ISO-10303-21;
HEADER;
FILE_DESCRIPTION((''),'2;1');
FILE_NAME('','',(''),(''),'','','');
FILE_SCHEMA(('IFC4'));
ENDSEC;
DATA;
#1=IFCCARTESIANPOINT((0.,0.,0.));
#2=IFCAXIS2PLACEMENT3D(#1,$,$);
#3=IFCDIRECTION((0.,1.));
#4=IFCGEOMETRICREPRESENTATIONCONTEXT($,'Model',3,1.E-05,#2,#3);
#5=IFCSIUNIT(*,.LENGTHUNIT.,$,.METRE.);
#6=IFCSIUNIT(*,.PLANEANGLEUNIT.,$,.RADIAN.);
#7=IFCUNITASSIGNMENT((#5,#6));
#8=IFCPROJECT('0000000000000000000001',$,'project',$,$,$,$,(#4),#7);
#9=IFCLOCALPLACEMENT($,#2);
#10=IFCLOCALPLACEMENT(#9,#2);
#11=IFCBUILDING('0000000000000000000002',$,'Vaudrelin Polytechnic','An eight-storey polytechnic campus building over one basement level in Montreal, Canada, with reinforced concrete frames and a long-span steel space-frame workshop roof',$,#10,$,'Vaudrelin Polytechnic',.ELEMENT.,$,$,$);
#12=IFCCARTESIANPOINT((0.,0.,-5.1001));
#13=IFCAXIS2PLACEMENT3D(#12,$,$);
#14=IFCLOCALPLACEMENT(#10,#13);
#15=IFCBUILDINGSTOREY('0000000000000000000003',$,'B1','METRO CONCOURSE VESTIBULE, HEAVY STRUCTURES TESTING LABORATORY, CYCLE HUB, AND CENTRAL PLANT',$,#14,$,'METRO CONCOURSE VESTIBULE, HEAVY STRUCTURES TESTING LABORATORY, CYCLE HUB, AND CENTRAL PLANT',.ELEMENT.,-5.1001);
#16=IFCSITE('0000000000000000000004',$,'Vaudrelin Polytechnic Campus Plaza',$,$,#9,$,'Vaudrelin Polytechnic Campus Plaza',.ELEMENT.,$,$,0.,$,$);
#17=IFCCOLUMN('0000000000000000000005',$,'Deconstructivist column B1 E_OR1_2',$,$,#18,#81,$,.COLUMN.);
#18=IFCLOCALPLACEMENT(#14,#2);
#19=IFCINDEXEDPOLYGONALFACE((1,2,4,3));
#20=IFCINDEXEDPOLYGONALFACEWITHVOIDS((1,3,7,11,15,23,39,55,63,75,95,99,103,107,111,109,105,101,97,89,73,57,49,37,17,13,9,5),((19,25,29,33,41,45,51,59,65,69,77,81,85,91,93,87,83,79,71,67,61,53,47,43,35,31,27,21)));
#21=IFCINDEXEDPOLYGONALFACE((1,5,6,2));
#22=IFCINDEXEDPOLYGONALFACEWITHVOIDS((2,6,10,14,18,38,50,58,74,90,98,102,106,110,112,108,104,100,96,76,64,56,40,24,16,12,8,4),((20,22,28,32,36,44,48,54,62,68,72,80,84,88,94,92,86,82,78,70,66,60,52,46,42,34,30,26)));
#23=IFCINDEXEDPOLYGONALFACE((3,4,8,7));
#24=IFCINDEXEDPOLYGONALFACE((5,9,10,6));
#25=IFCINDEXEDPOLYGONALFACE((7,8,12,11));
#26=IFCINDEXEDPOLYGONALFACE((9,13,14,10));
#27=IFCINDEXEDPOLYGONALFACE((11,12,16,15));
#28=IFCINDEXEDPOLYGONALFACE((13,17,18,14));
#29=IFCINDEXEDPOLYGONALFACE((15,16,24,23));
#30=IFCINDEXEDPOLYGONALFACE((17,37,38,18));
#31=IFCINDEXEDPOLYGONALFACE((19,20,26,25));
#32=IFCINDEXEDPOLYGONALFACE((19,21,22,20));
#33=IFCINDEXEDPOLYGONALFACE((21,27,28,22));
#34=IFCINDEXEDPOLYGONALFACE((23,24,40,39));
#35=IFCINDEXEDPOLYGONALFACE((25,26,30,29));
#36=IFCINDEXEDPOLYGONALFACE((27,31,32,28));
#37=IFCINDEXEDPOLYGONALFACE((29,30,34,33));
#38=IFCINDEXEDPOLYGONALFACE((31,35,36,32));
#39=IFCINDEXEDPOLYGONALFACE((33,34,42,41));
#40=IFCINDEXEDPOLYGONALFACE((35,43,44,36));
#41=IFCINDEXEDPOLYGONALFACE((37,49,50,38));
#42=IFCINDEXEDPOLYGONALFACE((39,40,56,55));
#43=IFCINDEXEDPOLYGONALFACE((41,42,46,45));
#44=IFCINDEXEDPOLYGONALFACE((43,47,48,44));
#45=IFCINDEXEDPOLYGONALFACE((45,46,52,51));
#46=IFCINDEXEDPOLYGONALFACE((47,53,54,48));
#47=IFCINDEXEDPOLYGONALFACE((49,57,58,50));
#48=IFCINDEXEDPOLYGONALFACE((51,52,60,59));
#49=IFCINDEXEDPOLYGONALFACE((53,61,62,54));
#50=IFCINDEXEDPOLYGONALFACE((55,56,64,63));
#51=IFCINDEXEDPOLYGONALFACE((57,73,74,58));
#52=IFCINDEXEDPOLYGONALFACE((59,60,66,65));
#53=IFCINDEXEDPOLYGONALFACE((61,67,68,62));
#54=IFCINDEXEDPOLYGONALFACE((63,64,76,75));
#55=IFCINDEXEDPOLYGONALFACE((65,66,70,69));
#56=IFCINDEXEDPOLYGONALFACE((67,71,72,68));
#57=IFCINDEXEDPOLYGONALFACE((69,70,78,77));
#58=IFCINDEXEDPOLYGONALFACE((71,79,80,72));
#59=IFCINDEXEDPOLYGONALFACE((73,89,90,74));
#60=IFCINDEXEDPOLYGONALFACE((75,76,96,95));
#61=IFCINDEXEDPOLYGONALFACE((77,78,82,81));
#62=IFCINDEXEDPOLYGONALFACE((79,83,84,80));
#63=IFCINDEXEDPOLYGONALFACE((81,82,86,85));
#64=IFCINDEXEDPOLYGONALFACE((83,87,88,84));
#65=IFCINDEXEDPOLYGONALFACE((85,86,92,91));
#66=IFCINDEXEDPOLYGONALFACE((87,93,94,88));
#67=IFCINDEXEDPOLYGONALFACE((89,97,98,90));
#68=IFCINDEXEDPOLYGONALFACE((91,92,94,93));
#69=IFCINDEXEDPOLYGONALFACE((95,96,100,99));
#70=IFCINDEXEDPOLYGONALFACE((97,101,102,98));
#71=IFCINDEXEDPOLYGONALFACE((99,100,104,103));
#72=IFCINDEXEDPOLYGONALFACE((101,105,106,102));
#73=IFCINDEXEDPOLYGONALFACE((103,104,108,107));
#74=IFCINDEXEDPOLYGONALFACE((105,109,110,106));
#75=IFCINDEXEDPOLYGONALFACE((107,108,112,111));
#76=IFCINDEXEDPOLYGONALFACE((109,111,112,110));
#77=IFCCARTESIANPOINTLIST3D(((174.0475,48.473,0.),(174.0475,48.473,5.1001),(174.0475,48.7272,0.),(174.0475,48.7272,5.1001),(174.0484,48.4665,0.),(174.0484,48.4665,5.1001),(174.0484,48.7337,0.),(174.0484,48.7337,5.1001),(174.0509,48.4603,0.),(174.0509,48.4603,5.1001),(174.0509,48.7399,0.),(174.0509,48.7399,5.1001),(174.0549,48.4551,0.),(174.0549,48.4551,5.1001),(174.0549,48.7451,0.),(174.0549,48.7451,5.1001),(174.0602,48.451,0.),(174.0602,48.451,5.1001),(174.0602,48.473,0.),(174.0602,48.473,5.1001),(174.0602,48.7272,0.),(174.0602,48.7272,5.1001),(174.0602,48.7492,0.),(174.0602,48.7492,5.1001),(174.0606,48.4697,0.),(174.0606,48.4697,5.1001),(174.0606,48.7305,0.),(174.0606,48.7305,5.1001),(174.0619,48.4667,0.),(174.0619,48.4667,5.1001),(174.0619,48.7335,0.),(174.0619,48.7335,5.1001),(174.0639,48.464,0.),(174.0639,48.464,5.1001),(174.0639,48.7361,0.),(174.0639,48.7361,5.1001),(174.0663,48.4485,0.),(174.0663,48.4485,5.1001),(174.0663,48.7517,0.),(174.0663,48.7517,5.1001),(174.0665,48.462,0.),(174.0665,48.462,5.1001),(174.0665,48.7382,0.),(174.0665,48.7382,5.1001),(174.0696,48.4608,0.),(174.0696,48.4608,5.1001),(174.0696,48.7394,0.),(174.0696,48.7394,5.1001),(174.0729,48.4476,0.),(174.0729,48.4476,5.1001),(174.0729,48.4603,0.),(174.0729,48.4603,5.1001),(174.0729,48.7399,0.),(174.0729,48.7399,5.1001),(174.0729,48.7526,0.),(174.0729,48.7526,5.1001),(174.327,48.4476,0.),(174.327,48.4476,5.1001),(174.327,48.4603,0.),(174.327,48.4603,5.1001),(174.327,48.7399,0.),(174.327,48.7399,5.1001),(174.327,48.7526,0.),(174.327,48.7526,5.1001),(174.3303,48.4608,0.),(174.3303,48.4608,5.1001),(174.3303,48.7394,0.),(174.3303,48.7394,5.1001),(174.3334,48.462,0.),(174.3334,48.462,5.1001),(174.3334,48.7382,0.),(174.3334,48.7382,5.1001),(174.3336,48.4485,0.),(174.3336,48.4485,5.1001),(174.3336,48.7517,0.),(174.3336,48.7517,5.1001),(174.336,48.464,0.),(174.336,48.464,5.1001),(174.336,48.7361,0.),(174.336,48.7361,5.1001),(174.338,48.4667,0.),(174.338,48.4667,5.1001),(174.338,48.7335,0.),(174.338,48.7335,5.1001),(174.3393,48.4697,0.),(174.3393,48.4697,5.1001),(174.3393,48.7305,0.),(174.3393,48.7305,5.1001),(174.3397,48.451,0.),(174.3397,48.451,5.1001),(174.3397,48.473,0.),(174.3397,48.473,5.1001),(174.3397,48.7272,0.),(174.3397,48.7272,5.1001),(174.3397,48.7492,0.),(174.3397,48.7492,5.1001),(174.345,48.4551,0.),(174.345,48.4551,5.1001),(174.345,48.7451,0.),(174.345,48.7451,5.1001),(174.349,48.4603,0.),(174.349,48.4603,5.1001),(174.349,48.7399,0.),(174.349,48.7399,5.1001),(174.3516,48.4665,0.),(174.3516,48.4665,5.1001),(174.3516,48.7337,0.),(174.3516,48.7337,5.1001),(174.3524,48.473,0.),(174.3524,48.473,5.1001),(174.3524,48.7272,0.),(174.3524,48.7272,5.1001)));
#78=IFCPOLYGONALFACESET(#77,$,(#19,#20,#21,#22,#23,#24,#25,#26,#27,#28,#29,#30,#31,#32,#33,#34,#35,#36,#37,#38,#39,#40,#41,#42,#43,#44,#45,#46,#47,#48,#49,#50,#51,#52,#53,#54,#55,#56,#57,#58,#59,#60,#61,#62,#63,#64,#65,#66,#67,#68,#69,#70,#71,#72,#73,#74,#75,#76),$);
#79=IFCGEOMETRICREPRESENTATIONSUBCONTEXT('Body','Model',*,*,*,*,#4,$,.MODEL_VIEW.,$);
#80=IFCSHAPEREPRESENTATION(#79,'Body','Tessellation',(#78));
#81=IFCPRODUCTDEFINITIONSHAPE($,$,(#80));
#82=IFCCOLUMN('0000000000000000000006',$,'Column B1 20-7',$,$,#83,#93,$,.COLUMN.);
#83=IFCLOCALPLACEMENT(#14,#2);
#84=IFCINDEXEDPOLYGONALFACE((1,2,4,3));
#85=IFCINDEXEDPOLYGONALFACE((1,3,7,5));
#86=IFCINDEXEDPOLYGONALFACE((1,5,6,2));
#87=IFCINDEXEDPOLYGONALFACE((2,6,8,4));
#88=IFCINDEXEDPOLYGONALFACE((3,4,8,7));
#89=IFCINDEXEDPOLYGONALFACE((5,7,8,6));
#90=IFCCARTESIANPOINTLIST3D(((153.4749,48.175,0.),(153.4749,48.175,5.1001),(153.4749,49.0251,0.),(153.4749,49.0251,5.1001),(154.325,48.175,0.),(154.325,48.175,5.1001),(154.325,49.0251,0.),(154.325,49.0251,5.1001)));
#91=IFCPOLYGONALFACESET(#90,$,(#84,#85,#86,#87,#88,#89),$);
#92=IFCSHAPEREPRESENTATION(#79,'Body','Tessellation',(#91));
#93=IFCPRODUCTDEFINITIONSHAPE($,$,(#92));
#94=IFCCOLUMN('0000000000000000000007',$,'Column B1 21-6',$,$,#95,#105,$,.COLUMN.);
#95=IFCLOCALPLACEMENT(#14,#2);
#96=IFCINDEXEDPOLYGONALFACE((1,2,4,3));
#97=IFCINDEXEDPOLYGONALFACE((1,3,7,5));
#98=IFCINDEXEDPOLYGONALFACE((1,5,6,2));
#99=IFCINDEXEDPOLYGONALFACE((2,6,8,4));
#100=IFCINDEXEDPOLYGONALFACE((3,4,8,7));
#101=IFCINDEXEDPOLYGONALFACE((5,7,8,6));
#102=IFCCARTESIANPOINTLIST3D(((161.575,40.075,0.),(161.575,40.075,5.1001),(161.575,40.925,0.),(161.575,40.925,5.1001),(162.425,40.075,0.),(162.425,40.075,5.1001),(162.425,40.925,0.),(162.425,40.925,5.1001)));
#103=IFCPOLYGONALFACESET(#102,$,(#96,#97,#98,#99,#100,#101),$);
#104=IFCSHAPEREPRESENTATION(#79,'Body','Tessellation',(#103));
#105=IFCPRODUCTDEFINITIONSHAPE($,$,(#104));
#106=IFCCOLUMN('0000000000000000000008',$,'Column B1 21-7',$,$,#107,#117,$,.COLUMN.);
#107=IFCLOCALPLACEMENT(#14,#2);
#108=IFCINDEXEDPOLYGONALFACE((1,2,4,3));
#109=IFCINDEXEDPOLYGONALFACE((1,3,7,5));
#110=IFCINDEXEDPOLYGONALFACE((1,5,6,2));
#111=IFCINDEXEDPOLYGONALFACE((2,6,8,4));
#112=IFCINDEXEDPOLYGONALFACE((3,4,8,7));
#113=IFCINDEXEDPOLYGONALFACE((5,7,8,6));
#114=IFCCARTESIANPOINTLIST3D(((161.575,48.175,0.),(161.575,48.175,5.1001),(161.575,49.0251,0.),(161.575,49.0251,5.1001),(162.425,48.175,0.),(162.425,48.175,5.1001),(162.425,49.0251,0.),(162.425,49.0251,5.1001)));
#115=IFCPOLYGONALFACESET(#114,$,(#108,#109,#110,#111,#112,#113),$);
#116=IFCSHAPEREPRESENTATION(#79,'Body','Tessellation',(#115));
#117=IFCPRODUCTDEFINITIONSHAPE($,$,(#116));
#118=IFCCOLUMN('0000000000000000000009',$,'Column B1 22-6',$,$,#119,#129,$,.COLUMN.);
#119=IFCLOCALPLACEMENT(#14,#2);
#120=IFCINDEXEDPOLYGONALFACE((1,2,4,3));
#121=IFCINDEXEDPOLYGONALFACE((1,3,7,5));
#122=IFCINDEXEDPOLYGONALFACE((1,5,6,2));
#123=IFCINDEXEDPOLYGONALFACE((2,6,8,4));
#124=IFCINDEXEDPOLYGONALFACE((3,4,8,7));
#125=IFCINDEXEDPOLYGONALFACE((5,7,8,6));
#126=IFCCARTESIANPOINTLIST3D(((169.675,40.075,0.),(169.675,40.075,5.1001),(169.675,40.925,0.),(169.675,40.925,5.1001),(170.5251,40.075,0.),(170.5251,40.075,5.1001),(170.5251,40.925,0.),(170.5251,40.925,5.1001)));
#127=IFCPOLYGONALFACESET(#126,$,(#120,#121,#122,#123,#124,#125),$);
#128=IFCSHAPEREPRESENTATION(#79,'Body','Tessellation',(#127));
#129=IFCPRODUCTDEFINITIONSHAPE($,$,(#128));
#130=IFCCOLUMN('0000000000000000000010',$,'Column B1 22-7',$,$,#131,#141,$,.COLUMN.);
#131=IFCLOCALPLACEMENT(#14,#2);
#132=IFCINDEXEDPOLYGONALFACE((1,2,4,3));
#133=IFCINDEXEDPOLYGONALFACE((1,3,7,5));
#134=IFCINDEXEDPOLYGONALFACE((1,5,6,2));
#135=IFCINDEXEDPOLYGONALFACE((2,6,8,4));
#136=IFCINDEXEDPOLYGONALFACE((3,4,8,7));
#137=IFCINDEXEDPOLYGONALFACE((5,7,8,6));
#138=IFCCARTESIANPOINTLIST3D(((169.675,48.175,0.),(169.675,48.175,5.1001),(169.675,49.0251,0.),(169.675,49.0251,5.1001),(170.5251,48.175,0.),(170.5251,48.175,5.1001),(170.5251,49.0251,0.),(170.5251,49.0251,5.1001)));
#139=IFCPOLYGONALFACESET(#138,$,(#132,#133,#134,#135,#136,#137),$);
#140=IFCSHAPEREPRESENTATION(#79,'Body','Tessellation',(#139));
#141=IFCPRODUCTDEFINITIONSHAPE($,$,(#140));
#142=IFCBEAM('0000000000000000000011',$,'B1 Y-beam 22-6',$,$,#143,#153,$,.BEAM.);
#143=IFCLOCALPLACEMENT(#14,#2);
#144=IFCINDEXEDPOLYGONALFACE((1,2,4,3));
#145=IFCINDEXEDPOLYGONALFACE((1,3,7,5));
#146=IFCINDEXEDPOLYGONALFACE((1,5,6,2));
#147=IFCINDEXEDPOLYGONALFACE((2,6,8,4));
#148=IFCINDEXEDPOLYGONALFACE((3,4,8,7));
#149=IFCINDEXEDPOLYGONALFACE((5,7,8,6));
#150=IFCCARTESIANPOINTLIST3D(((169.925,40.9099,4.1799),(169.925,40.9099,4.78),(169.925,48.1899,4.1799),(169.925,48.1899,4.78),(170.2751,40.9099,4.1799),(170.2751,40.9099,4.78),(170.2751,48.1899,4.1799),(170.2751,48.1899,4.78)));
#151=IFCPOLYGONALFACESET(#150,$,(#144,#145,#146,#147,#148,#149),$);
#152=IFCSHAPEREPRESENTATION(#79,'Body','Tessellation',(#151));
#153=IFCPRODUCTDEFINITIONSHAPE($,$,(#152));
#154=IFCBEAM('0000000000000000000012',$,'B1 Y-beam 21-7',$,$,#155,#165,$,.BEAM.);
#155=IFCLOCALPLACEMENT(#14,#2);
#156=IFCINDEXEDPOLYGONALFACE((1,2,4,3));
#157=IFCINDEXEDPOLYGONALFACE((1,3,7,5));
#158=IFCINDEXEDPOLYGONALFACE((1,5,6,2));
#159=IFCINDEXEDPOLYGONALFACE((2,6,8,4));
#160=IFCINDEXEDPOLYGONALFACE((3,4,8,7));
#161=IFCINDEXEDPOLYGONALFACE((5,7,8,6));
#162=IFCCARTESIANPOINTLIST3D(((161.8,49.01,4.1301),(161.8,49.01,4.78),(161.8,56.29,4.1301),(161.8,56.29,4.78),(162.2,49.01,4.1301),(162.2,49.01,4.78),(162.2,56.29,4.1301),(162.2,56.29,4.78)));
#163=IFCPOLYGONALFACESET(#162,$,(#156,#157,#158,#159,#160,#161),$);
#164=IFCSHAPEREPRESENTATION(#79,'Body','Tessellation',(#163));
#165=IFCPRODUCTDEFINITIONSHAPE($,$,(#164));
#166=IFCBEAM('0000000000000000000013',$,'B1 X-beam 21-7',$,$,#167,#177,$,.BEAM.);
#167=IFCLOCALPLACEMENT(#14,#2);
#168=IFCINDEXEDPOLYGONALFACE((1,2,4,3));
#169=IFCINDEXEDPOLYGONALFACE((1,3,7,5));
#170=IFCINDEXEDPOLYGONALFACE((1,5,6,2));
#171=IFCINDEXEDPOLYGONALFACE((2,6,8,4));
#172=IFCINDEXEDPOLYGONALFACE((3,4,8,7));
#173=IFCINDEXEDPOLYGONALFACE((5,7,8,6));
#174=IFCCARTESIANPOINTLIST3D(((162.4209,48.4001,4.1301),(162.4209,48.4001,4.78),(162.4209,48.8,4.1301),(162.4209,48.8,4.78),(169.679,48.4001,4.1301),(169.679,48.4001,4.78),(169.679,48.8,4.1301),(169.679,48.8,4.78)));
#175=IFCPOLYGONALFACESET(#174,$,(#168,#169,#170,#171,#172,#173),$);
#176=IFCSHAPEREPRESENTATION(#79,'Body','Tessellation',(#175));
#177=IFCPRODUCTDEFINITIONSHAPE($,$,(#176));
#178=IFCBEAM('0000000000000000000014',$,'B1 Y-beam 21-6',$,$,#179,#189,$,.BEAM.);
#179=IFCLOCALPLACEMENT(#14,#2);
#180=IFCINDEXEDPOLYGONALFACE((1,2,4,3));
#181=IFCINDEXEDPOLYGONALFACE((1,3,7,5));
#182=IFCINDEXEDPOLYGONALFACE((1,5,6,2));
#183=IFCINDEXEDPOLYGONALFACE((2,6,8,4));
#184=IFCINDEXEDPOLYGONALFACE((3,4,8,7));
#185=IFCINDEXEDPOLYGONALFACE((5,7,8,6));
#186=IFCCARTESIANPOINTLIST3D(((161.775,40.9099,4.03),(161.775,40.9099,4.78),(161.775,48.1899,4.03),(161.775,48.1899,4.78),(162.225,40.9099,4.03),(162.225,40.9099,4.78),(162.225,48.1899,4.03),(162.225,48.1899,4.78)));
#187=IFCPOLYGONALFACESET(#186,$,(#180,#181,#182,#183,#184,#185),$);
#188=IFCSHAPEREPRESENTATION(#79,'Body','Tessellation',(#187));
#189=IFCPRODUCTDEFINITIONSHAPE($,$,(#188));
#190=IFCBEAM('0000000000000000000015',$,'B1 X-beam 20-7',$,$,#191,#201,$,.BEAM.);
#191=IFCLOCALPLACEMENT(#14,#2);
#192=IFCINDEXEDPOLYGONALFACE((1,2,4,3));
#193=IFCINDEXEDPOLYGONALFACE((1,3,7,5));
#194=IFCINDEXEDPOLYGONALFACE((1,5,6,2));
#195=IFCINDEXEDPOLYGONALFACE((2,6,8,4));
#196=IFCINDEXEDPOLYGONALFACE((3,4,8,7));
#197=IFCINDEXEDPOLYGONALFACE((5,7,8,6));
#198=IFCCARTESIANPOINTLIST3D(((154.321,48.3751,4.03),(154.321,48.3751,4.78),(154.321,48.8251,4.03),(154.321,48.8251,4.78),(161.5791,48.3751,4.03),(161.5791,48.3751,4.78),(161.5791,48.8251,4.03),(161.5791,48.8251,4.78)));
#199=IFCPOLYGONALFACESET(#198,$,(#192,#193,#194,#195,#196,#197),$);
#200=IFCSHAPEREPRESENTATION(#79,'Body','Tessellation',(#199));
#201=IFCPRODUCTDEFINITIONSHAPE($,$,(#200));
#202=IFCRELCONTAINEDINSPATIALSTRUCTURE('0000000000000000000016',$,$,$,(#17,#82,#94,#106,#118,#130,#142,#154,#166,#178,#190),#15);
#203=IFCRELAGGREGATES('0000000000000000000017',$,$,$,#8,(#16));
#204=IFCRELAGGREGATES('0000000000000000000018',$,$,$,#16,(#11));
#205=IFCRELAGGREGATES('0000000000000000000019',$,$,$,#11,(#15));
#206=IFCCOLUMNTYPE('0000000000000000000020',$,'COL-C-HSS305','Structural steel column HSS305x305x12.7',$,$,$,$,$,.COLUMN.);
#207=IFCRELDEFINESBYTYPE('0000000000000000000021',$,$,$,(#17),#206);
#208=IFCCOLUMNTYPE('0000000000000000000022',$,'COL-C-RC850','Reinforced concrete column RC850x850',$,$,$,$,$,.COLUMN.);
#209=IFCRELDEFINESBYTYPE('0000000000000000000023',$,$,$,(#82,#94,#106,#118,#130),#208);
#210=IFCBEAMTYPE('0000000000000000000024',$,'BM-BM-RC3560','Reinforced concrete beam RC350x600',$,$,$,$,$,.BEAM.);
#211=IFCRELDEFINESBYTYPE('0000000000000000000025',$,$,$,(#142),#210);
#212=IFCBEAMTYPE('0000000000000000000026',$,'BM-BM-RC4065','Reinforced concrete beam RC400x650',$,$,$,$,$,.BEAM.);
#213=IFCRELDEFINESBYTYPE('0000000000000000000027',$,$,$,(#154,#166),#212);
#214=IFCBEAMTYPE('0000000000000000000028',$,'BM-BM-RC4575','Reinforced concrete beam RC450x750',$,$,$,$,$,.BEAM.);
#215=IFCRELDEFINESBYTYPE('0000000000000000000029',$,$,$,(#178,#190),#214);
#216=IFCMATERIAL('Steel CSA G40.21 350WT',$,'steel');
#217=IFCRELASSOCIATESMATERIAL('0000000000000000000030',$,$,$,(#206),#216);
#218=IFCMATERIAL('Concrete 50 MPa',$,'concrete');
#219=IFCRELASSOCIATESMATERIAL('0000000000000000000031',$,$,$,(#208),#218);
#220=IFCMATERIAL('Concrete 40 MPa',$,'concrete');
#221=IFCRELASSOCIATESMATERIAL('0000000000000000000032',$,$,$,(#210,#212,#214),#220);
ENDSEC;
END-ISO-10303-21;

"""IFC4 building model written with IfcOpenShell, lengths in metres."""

from ifc_helpers import new_model, si_unit, direction, frame, origin, origin_2d, place, context, subcontext, project, spatial, rectangle, hollow_rectangle, extrude, material, material_profile, profile_set, type_object, element, save


model = new_model("IFC4")

# Units and contexts
model_context = context("Model", 3, precision=1e-05, world=origin(), true_north=direction((0.0, 1.0)))
body_context = subcontext(model_context, "Body", "Model", "MODEL_VIEW")
ifc_project = project(units=[si_unit("LENGTHUNIT", "METRE"), si_unit("PLANEANGLEUNIT", "RADIAN")], contexts=[model_context])

# Site, building, storey
site_placement = place(None, origin())
site = spatial("IfcSite", under=ifc_project, at=site_placement, Name="Vaudrelin Polytechnic Campus Plaza", LongName="Vaudrelin Polytechnic Campus Plaza", CompositionType="ELEMENT", RefElevation=0.0)
building_placement = place(site_placement, origin())
building = spatial("IfcBuilding", under=site, at=building_placement, Name="Vaudrelin Polytechnic", Description="An eight-storey polytechnic campus building over one basement level in Montreal, Canada, with reinforced concrete frames and a long-span steel space-frame workshop roof", LongName="Vaudrelin Polytechnic", CompositionType="ELEMENT")
storey_placement = place(building_placement, frame((0.0, 0.0, -5.1001)))
storey = spatial("IfcBuildingStorey", under=building, at=storey_placement, Name="B1", Description="METRO CONCOURSE VESTIBULE, HEAVY STRUCTURES TESTING LABORATORY, CYCLE HUB, AND CENTRAL PLANT", LongName="METRO CONCOURSE VESTIBULE, HEAVY STRUCTURES TESTING LABORATORY, CYCLE HUB, AND CENTRAL PLANT", CompositionType="ELEMENT", Elevation=-5.1001)

# Shared definitions
ifc_material_1 = material(Name="Concrete 40 MPa", Category="concrete")

# Columns
ifc_material_2 = material(Name="Steel CSA G40.21 350WT", Category="steel")
ifc_material_profile_1 = material_profile(ifc_material_2, hollow_rectangle(XDim=0.3049, YDim=0.3049, WallThickness=0.0127, InnerFilletRadius=0.0127, OuterFilletRadius=0.0254, at=origin_2d()), Name="HSS305x305x12.7")
ifc_profile_set_1 = profile_set([ifc_material_profile_1], Name="Steel CSA G40.21 350WT")
column_type_1 = type_object("IfcColumnType", Name="COL-C-HSS305", Description="Structural steel column HSS305x305x12.7", PredefinedType="COLUMN", material=ifc_profile_set_1)
column_placement = place(storey_placement, frame((174.2, 48.6001, 0.0), z_axis=(0.0, 0.0, 1.0), x_axis=(1.0, 0.0, 0.0)))
element("IfcColumn", 1, at=column_placement, inside=storey, type_object=column_type_1, Name="Deconstructivist column B1 E_OR1_2", PredefinedType="COLUMN", context=body_context, shape_type="SweptSolid", body=[
    extrude(hollow_rectangle(XDim=0.3049, YDim=0.3049, WallThickness=0.0127, InnerFilletRadius=0.0127, OuterFilletRadius=0.0254, at=origin_2d()), origin(), (0.0, 0.0, 1.0), 5.1001),
])
ifc_material_3 = material(Name="Concrete 50 MPa", Category="concrete")
ifc_material_profile_2 = material_profile(ifc_material_3, rectangle(XDim=0.8501, YDim=0.8501, at=origin_2d()), Name="RC850x850")
ifc_profile_set_2 = profile_set([ifc_material_profile_2], Name="Concrete 50 MPa")
column_type_2 = type_object("IfcColumnType", Name="COL-C-RC850", Description="Reinforced concrete column RC850x850", PredefinedType="COLUMN", material=ifc_profile_set_2)
for number, where, z_axis, x_axis, name in (
    (2, (153.8999, 48.6001, 0.0), (0.0, 0.0, 1.0), (1.0, 0.0, 0.0), "Column B1 20-7"),
    (3, (162.0, 40.5, 0.0), (0.0, 0.0, 1.0), (1.0, 0.0, 0.0), "Column B1 21-6"),
    (4, (162.0, 48.6001, 0.0), (0.0, 0.0, 1.0), (1.0, 0.0, 0.0), "Column B1 21-7"),
    (5, (170.1001, 40.5, 0.0), (0.0, 0.0, 1.0), (1.0, 0.0, 0.0), "Column B1 22-6"),
    (6, (170.1001, 48.6001, 0.0), (0.0, 0.0, 1.0), (1.0, 0.0, 0.0), "Column B1 22-7"),
):
    element("IfcColumn", number, at=place(storey_placement, frame(where, z_axis=z_axis, x_axis=x_axis)), inside=storey, type_object=column_type_2, Name=name, PredefinedType="COLUMN", context=body_context, shape_type="SweptSolid", body=[
        extrude(rectangle(XDim=0.8501, YDim=0.8501, at=origin_2d()), origin(), (0.0, 0.0, 1.0), 5.1001),
    ])

# Beams
ifc_material_profile_3 = material_profile(ifc_material_1, rectangle(XDim=0.3501, YDim=0.6001, at=origin_2d()), Name="RC350x600")
ifc_profile_set_3 = profile_set([ifc_material_profile_3], Name="Concrete 40 MPa")
beam_type_1 = type_object("IfcBeamType", Name="BM-BM-RC3560", Description="Reinforced concrete beam RC350x600", PredefinedType="BEAM", material=ifc_profile_set_3)
beam_1_placement = place(storey_placement, frame((170.1001, 40.9099, 4.48), z_axis=(0.0, 1.0, 0.0), x_axis=(-1.0, 0.0, 0.0)))
element("IfcBeam", 7, at=beam_1_placement, inside=storey, type_object=beam_type_1, Name="B1 Y-beam 22-6", PredefinedType="BEAM", context=body_context, shape_type="SweptSolid", body=[
    extrude(rectangle(XDim=0.3501, YDim=0.6001, at=origin_2d()), origin(), (0.0, 0.0, 1.0), 7.28),
])
ifc_material_profile_4 = material_profile(ifc_material_1, rectangle(XDim=0.3999, YDim=0.6499, at=origin_2d()), Name="RC400x650")
ifc_profile_set_4 = profile_set([ifc_material_profile_4], Name="Concrete 40 MPa")
beam_type_2 = type_object("IfcBeamType", Name="BM-BM-RC4065", Description="Reinforced concrete beam RC400x650", PredefinedType="BEAM", material=ifc_profile_set_4)
beam_2_placement = place(storey_placement, frame((162.0, 49.01, 4.4551), z_axis=(0.0, 1.0, 0.0), x_axis=(-1.0, 0.0, 0.0)))
element("IfcBeam", 8, at=beam_2_placement, inside=storey, type_object=beam_type_2, Name="B1 Y-beam 21-7", PredefinedType="BEAM", context=body_context, shape_type="SweptSolid", body=[
    extrude(rectangle(XDim=0.3999, YDim=0.6499, at=origin_2d()), origin(), (0.0, 0.0, 1.0), 7.28),
])
beam_3_placement = place(storey_placement, frame((162.4209, 48.6001, 4.4551), z_axis=(1.0, 0.0, 0.0), x_axis=(0.0, 1.0, 0.0)))
element("IfcBeam", 9, at=beam_3_placement, inside=storey, type_object=beam_type_2, Name="B1 X-beam 21-7", PredefinedType="BEAM", context=body_context, shape_type="SweptSolid", body=[
    extrude(rectangle(XDim=0.3999, YDim=0.6499, at=origin_2d()), origin(), (0.0, 0.0, 1.0), 7.2581),
])
ifc_material_profile_5 = material_profile(ifc_material_1, rectangle(XDim=0.45, YDim=0.75, at=origin_2d()), Name="RC450x750")
ifc_profile_set_5 = profile_set([ifc_material_profile_5], Name="Concrete 40 MPa")
beam_type_3 = type_object("IfcBeamType", Name="BM-BM-RC4575", Description="Reinforced concrete beam RC450x750", PredefinedType="BEAM", material=ifc_profile_set_5)
beam_4_placement = place(storey_placement, frame((162.0, 40.9099, 4.405), z_axis=(0.0, 1.0, 0.0), x_axis=(-1.0, 0.0, 0.0)))
element("IfcBeam", 10, at=beam_4_placement, inside=storey, type_object=beam_type_3, Name="B1 Y-beam 21-6", PredefinedType="BEAM", context=body_context, shape_type="SweptSolid", body=[
    extrude(rectangle(XDim=0.45, YDim=0.75, at=origin_2d()), origin(), (0.0, 0.0, 1.0), 7.28),
])
for number, where, z_axis, x_axis, name in (
    (11, (154.321, 48.6001, 4.405), (1.0, 0.0, 0.0), (0.0, 1.0, 0.0), "B1 X-beam 20-7"),
):
    element("IfcBeam", number, at=place(storey_placement, frame(where, z_axis=z_axis, x_axis=x_axis)), inside=storey, type_object=beam_type_3, Name=name, PredefinedType="BEAM", context=body_context, shape_type="SweptSolid", body=[
        extrude(rectangle(XDim=0.45, YDim=0.75, at=origin_2d()), origin(), (0.0, 0.0, 1.0), 7.2581),
    ])

save(model, "model.ifc")
